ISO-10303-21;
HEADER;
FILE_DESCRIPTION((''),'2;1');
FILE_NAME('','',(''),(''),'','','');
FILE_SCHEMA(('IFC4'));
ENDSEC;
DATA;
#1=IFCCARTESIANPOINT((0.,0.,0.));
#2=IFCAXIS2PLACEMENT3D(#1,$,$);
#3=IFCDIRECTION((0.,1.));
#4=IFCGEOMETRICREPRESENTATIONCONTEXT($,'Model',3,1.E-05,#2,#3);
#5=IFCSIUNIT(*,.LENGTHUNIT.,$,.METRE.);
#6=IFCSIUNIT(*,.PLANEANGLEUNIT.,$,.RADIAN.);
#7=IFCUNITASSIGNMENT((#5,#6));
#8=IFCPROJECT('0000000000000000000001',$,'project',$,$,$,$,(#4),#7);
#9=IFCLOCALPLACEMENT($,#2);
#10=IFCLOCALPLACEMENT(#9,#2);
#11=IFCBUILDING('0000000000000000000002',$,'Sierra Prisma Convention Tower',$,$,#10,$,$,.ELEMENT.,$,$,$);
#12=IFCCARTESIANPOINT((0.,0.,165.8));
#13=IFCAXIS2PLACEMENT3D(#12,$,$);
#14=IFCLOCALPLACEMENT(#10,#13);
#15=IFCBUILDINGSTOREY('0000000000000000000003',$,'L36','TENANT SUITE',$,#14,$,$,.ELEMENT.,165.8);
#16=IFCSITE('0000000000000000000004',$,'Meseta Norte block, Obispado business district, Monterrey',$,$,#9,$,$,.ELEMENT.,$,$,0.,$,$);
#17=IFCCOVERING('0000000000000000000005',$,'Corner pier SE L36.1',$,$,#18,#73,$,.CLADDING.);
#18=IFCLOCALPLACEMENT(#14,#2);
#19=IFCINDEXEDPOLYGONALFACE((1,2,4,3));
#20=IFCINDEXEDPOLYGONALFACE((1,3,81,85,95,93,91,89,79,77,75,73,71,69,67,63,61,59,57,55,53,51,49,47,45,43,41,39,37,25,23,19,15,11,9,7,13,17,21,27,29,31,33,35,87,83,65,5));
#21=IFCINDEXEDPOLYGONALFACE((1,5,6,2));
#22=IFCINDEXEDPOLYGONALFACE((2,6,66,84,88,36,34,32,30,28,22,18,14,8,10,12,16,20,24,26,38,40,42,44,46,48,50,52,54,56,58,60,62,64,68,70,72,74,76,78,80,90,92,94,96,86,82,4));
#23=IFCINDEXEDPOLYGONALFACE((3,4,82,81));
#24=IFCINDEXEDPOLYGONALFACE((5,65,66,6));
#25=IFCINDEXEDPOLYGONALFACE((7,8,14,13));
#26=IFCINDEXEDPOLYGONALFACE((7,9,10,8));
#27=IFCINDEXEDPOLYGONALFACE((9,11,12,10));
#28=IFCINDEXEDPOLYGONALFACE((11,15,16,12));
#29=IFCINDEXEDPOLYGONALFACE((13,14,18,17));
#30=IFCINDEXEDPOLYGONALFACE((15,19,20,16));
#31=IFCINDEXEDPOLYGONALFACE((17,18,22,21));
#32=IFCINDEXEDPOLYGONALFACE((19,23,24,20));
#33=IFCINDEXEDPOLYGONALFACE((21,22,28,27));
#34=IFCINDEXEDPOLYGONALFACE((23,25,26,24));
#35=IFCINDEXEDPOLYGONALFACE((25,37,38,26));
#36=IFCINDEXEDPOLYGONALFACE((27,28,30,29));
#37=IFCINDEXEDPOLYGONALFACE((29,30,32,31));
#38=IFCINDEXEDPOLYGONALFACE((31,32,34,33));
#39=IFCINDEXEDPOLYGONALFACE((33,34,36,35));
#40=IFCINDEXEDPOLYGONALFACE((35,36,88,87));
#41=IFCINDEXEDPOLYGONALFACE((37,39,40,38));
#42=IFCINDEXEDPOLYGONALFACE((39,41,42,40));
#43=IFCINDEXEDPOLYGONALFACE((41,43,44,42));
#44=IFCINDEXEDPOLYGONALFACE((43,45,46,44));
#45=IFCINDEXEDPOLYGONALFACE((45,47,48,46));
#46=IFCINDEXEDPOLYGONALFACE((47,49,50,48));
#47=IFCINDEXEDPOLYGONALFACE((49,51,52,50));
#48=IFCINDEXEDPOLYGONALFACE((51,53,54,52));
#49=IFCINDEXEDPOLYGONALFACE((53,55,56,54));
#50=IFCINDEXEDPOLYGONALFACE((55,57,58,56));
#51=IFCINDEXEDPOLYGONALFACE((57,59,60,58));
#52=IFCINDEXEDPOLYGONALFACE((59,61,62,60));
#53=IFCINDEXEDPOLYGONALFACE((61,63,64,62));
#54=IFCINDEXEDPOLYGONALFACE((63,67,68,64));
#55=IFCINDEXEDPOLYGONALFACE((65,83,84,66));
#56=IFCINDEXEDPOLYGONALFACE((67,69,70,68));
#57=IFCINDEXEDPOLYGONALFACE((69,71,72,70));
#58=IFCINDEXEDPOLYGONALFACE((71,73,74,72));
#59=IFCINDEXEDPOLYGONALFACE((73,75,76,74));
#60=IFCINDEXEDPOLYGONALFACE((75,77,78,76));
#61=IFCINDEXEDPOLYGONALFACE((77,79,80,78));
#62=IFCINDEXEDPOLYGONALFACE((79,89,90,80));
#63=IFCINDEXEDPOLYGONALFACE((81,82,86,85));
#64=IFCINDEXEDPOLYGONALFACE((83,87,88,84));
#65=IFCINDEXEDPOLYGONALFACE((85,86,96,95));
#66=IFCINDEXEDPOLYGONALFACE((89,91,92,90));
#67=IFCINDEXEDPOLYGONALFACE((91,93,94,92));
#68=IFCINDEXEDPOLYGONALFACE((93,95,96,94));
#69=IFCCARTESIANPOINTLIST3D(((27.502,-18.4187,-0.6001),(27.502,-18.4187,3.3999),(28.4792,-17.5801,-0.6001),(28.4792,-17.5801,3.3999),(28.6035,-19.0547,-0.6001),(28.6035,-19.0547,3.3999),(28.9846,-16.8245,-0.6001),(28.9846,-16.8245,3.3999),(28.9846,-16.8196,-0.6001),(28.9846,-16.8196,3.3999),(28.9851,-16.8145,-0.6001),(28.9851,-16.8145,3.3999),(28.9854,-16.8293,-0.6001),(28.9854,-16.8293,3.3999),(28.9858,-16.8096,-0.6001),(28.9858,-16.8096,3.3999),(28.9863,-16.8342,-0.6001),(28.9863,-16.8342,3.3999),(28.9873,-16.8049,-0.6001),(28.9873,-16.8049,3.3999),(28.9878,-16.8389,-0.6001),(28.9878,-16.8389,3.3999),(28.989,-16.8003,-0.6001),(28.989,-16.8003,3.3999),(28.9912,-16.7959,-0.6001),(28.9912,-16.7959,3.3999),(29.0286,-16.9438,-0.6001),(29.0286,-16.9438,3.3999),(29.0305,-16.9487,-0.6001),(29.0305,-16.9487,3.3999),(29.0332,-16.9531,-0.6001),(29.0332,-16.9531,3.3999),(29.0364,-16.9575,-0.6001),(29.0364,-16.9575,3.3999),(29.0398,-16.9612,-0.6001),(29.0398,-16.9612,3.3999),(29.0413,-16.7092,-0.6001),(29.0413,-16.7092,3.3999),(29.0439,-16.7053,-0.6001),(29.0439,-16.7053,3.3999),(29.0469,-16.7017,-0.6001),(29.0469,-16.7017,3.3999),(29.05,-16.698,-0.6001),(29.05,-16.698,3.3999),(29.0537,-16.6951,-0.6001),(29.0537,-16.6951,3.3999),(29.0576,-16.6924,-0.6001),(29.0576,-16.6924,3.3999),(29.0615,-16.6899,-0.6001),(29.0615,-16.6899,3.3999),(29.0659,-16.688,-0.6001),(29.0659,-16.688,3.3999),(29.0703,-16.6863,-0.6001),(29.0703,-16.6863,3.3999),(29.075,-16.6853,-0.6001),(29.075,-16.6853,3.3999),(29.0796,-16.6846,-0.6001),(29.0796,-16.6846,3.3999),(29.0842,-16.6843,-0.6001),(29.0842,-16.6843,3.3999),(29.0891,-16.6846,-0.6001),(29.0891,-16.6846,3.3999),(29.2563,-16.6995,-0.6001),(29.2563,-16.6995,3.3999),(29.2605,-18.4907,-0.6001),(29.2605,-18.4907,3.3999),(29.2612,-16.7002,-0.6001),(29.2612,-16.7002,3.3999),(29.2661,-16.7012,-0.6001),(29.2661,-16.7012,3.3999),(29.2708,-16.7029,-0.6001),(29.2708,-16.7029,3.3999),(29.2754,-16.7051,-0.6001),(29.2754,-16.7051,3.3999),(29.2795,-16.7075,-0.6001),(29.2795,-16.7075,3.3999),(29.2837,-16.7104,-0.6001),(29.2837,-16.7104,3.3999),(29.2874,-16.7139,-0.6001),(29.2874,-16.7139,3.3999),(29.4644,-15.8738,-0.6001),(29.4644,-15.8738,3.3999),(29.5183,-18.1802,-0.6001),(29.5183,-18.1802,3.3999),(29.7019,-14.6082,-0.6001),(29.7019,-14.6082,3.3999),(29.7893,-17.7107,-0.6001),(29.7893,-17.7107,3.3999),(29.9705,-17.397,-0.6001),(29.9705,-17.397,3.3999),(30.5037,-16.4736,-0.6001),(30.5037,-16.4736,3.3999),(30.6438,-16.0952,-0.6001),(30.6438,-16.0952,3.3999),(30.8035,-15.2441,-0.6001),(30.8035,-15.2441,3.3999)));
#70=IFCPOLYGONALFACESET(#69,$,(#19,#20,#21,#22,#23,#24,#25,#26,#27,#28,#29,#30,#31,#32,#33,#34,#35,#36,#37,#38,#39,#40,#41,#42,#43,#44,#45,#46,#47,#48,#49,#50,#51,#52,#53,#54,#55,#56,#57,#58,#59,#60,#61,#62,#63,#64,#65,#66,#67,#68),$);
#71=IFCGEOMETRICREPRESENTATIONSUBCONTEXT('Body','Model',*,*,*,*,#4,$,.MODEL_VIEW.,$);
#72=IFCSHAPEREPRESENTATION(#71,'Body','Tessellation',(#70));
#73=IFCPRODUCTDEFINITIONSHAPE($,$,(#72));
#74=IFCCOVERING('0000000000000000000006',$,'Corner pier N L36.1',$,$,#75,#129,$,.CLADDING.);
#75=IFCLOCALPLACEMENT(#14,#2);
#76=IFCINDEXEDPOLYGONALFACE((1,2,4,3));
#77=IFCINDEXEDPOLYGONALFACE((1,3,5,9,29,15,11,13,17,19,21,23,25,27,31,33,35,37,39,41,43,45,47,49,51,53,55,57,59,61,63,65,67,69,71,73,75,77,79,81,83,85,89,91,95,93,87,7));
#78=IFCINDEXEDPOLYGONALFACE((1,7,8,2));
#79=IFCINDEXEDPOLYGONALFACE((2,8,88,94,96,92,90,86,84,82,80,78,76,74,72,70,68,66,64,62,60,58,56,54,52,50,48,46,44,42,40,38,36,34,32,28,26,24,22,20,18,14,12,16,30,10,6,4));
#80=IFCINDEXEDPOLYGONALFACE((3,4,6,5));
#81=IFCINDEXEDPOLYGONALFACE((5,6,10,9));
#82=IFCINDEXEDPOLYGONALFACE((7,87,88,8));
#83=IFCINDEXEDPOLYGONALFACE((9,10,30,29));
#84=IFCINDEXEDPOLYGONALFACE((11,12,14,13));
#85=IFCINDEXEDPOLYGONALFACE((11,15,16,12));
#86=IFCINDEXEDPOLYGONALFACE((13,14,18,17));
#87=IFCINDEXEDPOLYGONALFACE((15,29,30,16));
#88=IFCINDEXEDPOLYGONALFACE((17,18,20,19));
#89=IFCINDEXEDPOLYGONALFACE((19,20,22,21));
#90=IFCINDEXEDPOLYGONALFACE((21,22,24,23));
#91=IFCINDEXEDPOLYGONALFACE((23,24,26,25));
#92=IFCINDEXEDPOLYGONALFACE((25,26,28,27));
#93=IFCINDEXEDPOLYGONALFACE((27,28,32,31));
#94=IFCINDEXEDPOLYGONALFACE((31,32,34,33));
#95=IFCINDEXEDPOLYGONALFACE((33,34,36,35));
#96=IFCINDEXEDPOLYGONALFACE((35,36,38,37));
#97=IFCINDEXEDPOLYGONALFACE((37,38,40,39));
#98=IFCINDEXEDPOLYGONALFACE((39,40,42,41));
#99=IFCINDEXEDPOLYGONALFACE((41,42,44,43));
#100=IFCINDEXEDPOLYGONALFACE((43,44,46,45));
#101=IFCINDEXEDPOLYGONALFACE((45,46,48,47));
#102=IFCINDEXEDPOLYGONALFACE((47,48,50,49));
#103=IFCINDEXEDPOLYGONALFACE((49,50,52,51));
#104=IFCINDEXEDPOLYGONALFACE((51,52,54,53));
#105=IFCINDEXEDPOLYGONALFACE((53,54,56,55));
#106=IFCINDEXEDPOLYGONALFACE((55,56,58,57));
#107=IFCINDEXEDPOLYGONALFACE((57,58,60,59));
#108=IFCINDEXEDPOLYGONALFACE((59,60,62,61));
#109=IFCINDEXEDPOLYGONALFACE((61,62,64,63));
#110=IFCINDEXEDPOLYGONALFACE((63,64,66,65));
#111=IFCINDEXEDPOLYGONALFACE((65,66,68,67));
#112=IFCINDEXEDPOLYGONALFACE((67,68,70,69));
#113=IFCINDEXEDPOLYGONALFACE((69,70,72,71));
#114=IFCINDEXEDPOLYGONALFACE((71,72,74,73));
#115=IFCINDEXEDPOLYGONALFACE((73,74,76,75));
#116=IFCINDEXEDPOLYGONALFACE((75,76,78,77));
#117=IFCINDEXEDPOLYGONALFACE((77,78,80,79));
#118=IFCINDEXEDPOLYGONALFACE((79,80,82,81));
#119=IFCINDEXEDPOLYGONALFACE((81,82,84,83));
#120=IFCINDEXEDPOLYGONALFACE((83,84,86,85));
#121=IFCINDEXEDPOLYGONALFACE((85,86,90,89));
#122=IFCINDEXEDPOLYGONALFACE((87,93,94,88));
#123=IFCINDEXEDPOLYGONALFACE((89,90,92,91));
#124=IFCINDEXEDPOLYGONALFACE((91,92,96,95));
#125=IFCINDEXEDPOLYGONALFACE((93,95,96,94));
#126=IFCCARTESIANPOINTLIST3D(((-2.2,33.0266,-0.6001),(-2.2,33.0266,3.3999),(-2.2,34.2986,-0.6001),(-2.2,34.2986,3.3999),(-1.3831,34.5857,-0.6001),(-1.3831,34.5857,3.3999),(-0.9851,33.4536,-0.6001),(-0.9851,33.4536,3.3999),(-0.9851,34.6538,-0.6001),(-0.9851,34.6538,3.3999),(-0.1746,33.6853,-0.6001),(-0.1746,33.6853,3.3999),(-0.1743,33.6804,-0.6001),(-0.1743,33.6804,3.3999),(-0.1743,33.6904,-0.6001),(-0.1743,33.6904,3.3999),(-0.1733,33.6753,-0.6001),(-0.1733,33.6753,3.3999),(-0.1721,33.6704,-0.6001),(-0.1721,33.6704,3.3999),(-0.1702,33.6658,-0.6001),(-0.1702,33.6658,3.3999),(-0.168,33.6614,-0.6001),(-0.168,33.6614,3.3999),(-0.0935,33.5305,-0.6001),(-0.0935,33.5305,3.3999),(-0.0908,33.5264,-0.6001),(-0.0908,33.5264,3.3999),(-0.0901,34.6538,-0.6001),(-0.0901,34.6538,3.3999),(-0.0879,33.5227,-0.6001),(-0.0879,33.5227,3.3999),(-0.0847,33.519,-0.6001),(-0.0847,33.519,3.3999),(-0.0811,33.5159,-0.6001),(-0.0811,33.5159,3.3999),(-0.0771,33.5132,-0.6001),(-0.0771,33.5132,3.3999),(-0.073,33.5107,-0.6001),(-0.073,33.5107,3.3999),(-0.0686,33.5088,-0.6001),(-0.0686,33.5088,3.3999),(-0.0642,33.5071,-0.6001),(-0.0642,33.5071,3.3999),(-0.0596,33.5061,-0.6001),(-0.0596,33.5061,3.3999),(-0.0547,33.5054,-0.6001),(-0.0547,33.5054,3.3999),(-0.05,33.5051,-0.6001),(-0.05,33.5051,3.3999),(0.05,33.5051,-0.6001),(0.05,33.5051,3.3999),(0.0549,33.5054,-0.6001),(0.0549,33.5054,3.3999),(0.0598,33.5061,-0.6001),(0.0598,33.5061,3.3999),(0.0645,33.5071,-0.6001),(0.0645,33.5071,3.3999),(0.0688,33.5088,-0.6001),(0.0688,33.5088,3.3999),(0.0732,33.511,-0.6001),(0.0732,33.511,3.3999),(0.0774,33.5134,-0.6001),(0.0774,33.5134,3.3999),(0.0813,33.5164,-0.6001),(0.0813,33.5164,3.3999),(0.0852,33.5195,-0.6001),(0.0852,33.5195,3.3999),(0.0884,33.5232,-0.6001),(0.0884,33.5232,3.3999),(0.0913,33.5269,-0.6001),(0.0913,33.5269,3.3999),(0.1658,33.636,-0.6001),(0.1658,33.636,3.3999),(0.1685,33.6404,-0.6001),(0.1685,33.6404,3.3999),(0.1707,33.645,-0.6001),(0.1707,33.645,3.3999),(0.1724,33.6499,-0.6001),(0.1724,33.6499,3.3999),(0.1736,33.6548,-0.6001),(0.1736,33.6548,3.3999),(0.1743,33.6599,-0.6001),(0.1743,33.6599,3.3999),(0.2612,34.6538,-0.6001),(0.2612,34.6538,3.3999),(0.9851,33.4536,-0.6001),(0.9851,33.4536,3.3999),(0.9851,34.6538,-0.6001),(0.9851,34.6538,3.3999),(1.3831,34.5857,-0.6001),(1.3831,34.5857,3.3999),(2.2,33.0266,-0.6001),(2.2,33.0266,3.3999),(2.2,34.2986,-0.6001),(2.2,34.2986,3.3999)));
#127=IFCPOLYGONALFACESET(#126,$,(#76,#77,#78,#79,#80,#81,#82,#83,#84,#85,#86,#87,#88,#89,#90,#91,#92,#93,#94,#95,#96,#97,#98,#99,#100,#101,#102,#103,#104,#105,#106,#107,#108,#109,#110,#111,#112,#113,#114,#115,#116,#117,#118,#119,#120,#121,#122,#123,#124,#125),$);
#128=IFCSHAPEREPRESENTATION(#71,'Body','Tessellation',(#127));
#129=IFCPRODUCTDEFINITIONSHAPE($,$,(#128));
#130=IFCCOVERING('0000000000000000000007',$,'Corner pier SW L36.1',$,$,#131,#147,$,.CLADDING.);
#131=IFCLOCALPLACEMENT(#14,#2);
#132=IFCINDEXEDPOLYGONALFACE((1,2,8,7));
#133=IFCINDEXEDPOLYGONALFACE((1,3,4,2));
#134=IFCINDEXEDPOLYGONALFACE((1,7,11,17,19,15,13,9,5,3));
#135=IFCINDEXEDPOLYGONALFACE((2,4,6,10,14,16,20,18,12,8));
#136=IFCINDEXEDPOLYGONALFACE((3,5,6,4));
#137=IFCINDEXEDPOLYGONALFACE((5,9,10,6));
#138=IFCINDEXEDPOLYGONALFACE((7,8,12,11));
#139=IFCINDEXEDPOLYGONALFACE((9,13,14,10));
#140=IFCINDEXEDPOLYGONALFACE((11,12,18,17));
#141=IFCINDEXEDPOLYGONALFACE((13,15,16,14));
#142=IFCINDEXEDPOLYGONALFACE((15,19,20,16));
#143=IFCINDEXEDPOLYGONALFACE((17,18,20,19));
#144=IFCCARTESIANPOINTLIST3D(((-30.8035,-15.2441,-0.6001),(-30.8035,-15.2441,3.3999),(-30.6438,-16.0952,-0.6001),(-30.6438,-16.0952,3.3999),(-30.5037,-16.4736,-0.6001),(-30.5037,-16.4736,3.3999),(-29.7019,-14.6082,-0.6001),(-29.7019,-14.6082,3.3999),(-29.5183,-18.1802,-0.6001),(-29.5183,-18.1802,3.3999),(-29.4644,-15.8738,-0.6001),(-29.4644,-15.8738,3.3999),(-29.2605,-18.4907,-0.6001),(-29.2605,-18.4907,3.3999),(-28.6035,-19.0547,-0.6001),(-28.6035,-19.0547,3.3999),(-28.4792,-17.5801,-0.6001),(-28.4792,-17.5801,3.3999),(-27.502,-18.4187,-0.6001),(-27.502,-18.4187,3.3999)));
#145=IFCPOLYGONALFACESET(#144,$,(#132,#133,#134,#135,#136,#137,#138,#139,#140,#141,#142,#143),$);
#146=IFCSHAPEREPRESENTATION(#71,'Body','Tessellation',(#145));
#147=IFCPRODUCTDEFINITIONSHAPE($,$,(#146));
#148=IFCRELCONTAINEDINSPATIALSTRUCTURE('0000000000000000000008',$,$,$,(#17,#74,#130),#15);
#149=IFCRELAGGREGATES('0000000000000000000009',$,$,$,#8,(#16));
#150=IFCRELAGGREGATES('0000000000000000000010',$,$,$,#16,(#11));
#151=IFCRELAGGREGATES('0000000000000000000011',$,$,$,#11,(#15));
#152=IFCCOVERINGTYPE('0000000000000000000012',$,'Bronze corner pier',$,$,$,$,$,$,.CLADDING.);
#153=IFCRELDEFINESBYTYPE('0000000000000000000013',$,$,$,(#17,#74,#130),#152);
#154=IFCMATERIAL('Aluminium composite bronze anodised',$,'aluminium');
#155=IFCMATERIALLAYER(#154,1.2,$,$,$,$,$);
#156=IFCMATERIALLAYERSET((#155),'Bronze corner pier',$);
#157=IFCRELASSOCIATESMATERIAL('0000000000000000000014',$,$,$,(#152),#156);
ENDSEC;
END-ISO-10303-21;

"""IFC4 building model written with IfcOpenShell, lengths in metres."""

from ifc_helpers import new_model, si_unit, direction, frame, origin, place, context, subcontext, project, spatial, polyline, outline, extrude, material, layer, layer_set, type_object, element, save


model = new_model("IFC4")

# Units and contexts
model_context = context("Model", 3, precision=1e-05, world=origin(), true_north=direction((0.0, 1.0)))
body_context = subcontext(model_context, "Body", "Model", "MODEL_VIEW")
ifc_project = project(units=[si_unit("LENGTHUNIT", "METRE"), si_unit("PLANEANGLEUNIT", "RADIAN")], contexts=[model_context])

# Site, building, storey
site_placement = place(None, origin())
site = spatial("IfcSite", under=ifc_project, at=site_placement, Name="Meseta Norte block, Obispado business district, Monterrey", CompositionType="ELEMENT", RefElevation=0.0)
building_placement = place(site_placement, origin())
building = spatial("IfcBuilding", under=site, at=building_placement, Name="Sierra Prisma Convention Tower", CompositionType="ELEMENT")
storey_placement = place(building_placement, frame((0.0, 0.0, 165.8)))
storey = spatial("IfcBuildingStorey", under=building, at=storey_placement, Name="L36", Description="TENANT SUITE", CompositionType="ELEMENT", Elevation=165.8)

# Coverings
ifc_material_1 = material(Name="Aluminium composite bronze anodised", Category="aluminium")
ifc_layer_1 = layer(ifc_material_1, 1.2)
ifc_layer_set_1 = layer_set([ifc_layer_1], Name="Bronze corner pier")
covering_type_1 = type_object("IfcCoveringType", Name="Bronze corner pier", PredefinedType="CLADDING", material=ifc_layer_set_1)
covering_1_placement = place(storey_placement, frame((0.0, 0.0, -0.6001)))
element("IfcCovering", 1, at=covering_1_placement, inside=storey, type_object=covering_type_1, Name="Corner pier SE L36.1", PredefinedType="CLADDING", context=body_context, shape_type="SweptSolid", body=[
    extrude(outline(polyline([(29.2754, -16.7051), (29.2708, -16.7029), (29.2661, -16.7012), (29.2612, -16.7002), (29.2563, -16.6995), (29.0891, -16.6846), (29.0842, -16.6843), (29.0796, -16.6846), (29.075, -16.6853), (29.0703, -16.6863), (29.0659, -16.688), (29.0615, -16.6899), (29.0576, -16.6924), (29.0537, -16.6951), (29.05, -16.698), (29.0469, -16.7017), (29.0439, -16.7053), (29.0413, -16.7092), (28.9912, -16.7959), (28.989, -16.8003), (28.9873, -16.8049), (28.9858, -16.8096), (28.9851, -16.8145), (28.9846, -16.8196), (28.9846, -16.8245), (28.9854, -16.8293), (28.9863, -16.8342), (28.9878, -16.8389), (29.0286, -16.9438), (29.0305, -16.9487), (29.0332, -16.9531), (29.0364, -16.9575), (29.0398, -16.9612), (29.7893, -17.7107), (29.5183, -18.1802), (29.2605, -18.4907), (28.6035, -19.0547), (27.502, -18.4187), (28.4792, -17.5801), (29.4644, -15.8738), (29.7019, -14.6082), (30.8035, -15.2441), (30.6438, -16.0952), (30.5037, -16.4736), (29.9705, -17.397), (29.2874, -16.7139), (29.2837, -16.7104), (29.2795, -16.7075), (29.2754, -16.7051)])), origin(), (0.0, 0.0, 1.0), 4.0),
])
covering_2_placement = place(storey_placement, frame((0.0, 0.0, -0.6001)))
element("IfcCovering", 2, at=covering_2_placement, inside=storey, type_object=covering_type_1, Name="Corner pier N L36.1", PredefinedType="CLADDING", context=body_context, shape_type="SweptSolid", body=[
    extrude(outline(polyline([(-0.1733, 33.6753), (-0.1721, 33.6704), (-0.1702, 33.6658), (-0.168, 33.6614), (-0.0935, 33.5305), (-0.0908, 33.5264), (-0.0879, 33.5227), (-0.0847, 33.519), (-0.0811, 33.5159), (-0.0771, 33.5132), (-0.073, 33.5107), (-0.0686, 33.5088), (-0.0642, 33.5071), (-0.0596, 33.5061), (-0.0547, 33.5054), (-0.05, 33.5051), (0.05, 33.5051), (0.0549, 33.5054), (0.0598, 33.5061), (0.0645, 33.5071), (0.0688, 33.5088), (0.0732, 33.511), (0.0774, 33.5134), (0.0813, 33.5164), (0.0852, 33.5195), (0.0884, 33.5232), (0.0913, 33.5269), (0.1658, 33.636), (0.1685, 33.6404), (0.1707, 33.645), (0.1724, 33.6499), (0.1736, 33.6548), (0.1743, 33.6599), (0.2612, 34.6538), (0.9851, 34.6538), (1.3831, 34.5857), (2.2, 34.2986), (2.2, 33.0266), (0.9851, 33.4536), (-0.9851, 33.4536), (-2.2, 33.0266), (-2.2, 34.2986), (-1.3831, 34.5857), (-0.9851, 34.6538), (-0.0901, 34.6538), (-0.1743, 33.6904), (-0.1746, 33.6853), (-0.1743, 33.6804), (-0.1733, 33.6753)])), origin(), (0.0, 0.0, 1.0), 4.0),
])
covering_3_placement = place(storey_placement, frame((0.0, 0.0, -0.6001)))
element("IfcCovering", 3, at=covering_3_placement, inside=storey, type_object=covering_type_1, Name="Corner pier SW L36.1", PredefinedType="CLADDING", context=body_context, shape_type="SweptSolid", body=[
    extrude(outline(polyline([(-29.4644, -15.8738), (-28.4792, -17.5801), (-27.502, -18.4187), (-28.6035, -19.0547), (-29.2605, -18.4907), (-29.5183, -18.1802), (-30.5037, -16.4736), (-30.6438, -16.0952), (-30.8035, -15.2441), (-29.7019, -14.6082), (-29.4644, -15.8738)])), origin(), (0.0, 0.0, 1.0), 4.0),
])

save(model, "model.ifc")
